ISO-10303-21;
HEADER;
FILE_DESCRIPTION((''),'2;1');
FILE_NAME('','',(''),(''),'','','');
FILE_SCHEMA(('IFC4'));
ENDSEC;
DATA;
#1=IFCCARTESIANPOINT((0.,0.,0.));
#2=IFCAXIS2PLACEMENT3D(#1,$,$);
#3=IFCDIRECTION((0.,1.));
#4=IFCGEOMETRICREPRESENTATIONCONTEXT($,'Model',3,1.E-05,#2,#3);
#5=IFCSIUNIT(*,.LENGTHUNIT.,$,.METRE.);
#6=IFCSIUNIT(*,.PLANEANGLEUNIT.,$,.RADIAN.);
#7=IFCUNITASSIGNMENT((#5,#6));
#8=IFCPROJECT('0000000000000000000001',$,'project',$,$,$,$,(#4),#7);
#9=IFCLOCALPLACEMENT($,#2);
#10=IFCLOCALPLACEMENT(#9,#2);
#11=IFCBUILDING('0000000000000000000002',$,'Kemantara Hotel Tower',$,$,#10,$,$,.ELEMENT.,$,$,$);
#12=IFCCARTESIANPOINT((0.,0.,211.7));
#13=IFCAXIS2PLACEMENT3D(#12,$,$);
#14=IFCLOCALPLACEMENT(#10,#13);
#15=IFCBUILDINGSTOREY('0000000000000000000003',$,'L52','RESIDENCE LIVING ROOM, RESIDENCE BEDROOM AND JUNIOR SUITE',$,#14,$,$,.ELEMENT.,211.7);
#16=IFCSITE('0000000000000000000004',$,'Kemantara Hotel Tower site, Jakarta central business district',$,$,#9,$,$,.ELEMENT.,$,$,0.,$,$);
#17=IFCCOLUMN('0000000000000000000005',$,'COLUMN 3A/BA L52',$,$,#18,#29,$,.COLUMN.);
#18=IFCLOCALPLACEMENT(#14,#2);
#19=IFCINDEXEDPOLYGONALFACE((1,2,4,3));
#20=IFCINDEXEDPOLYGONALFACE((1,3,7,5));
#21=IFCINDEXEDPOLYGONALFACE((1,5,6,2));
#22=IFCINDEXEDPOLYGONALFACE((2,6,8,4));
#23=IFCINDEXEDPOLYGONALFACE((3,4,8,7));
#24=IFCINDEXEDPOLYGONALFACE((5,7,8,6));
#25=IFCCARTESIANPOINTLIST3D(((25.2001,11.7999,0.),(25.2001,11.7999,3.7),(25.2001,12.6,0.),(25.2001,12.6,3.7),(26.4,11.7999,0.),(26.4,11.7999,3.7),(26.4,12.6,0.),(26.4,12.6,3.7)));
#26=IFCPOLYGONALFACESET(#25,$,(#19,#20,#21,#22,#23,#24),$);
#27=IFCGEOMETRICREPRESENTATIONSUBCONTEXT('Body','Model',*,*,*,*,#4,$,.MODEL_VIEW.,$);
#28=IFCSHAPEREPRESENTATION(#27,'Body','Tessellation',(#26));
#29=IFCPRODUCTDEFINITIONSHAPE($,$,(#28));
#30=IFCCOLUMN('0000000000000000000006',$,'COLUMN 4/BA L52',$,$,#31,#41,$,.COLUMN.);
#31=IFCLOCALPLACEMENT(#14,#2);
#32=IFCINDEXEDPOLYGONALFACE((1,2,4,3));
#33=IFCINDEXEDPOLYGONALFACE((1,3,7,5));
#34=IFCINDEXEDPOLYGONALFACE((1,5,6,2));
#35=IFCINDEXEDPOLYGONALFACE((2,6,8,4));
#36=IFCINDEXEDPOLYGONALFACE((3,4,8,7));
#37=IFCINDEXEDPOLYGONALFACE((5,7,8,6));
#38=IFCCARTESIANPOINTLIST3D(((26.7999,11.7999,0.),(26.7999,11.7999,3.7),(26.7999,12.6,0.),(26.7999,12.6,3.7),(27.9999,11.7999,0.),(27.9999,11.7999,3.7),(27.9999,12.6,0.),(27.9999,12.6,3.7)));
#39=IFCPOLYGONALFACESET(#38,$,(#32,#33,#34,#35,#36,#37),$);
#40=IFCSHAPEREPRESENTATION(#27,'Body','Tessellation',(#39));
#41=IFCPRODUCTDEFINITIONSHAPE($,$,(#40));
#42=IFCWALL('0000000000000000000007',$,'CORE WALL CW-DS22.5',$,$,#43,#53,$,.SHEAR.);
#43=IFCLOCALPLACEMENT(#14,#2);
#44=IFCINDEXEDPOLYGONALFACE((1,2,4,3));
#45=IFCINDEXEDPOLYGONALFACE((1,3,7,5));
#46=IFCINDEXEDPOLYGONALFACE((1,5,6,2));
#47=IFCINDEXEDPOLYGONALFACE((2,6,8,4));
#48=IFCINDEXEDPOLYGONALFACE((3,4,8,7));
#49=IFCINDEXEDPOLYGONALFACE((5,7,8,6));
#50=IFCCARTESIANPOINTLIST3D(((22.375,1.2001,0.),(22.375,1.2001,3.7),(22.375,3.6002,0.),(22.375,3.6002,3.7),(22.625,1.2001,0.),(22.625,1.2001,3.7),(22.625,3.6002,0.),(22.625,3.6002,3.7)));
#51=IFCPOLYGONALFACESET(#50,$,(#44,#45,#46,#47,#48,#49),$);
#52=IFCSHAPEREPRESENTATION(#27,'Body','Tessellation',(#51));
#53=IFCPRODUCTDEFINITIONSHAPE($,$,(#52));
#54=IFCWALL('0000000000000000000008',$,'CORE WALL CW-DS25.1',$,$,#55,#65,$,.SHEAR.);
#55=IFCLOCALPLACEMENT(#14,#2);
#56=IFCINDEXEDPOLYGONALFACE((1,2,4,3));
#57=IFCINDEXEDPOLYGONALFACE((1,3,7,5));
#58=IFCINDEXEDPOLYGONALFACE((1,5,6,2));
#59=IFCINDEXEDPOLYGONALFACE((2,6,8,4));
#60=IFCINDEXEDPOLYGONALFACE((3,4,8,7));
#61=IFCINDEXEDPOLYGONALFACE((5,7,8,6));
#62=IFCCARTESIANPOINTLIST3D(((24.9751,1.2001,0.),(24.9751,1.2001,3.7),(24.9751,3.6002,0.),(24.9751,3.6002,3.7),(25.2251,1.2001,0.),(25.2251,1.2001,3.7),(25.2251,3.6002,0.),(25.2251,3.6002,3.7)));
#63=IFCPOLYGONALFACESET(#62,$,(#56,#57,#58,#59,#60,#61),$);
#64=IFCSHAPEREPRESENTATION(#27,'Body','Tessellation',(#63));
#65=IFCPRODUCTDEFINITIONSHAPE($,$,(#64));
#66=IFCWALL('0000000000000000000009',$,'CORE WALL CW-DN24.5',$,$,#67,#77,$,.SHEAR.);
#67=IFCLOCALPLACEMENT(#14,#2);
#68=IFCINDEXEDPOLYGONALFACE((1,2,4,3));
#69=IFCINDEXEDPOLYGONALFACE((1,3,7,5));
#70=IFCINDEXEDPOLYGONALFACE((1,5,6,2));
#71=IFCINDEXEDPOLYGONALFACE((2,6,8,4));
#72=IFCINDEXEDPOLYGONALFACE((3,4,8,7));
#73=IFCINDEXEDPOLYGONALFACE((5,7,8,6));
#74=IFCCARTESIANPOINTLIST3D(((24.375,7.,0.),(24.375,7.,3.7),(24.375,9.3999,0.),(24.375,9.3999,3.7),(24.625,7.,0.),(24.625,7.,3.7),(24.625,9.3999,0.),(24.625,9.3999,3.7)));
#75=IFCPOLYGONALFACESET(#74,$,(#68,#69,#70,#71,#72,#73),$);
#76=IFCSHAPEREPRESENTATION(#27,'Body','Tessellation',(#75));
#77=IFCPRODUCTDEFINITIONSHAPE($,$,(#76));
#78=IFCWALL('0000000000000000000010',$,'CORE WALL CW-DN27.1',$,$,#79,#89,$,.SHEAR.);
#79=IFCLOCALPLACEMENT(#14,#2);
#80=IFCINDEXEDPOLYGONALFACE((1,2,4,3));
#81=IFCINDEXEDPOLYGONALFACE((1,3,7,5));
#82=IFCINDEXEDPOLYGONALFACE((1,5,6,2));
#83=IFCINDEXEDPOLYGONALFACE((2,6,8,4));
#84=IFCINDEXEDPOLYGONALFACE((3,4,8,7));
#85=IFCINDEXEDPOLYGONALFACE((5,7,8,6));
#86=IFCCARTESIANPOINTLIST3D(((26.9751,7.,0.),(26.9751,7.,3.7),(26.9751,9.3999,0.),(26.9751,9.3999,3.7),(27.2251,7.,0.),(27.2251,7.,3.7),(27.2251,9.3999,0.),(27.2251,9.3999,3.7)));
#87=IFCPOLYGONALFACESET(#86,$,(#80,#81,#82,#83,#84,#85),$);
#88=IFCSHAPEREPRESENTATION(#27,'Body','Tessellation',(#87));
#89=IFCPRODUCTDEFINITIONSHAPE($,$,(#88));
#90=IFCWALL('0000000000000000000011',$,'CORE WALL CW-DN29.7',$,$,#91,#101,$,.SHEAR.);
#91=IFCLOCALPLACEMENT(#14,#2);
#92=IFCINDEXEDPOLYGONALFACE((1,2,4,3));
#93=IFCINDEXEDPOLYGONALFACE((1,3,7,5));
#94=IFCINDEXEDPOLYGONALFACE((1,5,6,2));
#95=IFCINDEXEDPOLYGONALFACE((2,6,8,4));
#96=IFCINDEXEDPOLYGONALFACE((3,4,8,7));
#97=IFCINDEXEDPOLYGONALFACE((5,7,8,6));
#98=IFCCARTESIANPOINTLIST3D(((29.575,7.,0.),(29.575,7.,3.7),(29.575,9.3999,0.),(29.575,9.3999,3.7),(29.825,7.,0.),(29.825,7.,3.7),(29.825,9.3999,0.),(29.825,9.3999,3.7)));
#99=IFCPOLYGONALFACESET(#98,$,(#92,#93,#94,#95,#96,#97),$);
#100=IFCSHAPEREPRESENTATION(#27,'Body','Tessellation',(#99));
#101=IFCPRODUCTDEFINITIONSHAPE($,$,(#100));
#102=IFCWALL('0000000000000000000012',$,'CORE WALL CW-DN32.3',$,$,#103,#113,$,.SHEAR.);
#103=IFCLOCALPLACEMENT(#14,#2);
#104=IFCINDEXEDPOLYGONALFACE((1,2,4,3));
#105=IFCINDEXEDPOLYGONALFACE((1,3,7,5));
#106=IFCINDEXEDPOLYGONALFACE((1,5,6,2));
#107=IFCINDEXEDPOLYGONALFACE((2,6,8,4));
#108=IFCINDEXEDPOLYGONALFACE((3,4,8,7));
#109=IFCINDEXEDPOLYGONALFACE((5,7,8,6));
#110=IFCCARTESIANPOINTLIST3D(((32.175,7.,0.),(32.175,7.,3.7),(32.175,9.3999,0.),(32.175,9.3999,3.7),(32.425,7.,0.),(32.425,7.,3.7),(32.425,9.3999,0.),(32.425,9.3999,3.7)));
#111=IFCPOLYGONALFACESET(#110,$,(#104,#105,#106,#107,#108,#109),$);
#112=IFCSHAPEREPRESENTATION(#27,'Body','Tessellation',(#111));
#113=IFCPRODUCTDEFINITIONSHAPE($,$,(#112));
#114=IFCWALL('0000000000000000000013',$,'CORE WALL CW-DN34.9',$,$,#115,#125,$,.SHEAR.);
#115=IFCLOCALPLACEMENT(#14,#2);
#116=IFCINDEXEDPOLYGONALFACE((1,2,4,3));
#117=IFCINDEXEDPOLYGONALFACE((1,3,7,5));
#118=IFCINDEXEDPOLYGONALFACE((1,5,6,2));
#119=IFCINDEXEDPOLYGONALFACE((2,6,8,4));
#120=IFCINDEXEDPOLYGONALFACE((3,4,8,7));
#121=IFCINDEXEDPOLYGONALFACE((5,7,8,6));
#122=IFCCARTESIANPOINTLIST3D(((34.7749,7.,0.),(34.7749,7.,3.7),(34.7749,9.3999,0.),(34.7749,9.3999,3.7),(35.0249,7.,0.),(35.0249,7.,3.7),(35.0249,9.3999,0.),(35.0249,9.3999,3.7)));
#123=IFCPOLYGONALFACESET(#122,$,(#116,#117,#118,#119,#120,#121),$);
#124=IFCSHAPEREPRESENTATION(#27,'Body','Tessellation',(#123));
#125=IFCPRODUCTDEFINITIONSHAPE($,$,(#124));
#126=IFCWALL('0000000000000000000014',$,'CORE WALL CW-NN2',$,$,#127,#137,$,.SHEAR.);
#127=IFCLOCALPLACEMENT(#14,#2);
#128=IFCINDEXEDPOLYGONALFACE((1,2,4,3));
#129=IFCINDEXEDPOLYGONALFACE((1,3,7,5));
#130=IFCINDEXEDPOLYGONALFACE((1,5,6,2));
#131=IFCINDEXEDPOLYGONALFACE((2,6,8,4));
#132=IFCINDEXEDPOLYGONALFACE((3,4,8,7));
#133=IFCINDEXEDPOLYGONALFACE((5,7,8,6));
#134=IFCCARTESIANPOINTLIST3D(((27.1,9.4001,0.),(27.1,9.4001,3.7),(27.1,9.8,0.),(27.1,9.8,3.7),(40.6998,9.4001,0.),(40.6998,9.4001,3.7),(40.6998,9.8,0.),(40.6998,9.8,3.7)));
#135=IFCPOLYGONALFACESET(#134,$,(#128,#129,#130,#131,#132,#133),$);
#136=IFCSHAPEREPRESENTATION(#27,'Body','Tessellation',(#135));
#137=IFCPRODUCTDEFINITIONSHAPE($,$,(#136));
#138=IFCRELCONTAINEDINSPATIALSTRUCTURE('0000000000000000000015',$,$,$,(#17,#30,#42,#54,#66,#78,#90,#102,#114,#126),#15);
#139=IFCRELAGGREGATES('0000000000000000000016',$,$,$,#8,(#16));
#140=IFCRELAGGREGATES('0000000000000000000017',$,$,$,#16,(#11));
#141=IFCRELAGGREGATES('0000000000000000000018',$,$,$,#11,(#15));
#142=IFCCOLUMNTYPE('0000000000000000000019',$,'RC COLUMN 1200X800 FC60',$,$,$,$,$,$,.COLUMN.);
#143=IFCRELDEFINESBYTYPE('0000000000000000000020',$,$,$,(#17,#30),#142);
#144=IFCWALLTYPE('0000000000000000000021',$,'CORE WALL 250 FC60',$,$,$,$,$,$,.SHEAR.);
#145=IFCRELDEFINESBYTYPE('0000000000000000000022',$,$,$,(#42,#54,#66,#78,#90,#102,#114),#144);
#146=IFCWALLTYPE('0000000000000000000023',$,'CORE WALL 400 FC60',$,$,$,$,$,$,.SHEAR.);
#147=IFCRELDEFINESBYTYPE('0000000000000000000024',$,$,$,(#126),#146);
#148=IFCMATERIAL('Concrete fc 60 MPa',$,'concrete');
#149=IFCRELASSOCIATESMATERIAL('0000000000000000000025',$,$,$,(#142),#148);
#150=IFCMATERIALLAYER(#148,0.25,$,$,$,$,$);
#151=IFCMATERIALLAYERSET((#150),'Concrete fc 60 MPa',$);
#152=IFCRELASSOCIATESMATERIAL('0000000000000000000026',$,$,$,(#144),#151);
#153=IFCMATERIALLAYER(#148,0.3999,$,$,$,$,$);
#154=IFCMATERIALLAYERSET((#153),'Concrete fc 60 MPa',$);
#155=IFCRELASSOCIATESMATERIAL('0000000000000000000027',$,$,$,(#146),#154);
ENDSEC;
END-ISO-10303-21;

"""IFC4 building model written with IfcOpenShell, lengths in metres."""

from ifc_helpers import new_model, si_unit, direction, frame, frame_2d, origin, origin_2d, place, context, subcontext, project, spatial, rectangle, extrude, material, layer, layer_set, material_profile, profile_set, type_object, element, save


model = new_model("IFC4")

# Units and contexts
model_context = context("Model", 3, precision=1e-05, world=origin(), true_north=direction((0.0, 1.0)))
body_context = subcontext(model_context, "Body", "Model", "MODEL_VIEW")
ifc_project = project(units=[si_unit("LENGTHUNIT", "METRE"), si_unit("PLANEANGLEUNIT", "RADIAN")], contexts=[model_context])

# Site, building, storey
site_placement = place(None, origin())
site = spatial("IfcSite", under=ifc_project, at=site_placement, Name="Kemantara Hotel Tower site, Jakarta central business district", CompositionType="ELEMENT", RefElevation=0.0)
building_placement = place(site_placement, origin())
building = spatial("IfcBuilding", under=site, at=building_placement, Name="Kemantara Hotel Tower", CompositionType="ELEMENT")
storey_placement = place(building_placement, frame((0.0, 0.0, 211.7)))
storey = spatial("IfcBuildingStorey", under=building, at=storey_placement, Name="L52", Description="RESIDENCE LIVING ROOM, RESIDENCE BEDROOM AND JUNIOR SUITE", CompositionType="ELEMENT", Elevation=211.7)

# Columns
ifc_material_1 = material(Name="Concrete fc 60 MPa", Category="concrete")
ifc_material_profile = material_profile(ifc_material_1, rectangle(XDim=1.2, YDim=0.8, at=origin_2d()), Name="RC 1200X800")
ifc_profile_set = profile_set([ifc_material_profile], Name="Concrete fc 60 MPa")
column_type = type_object("IfcColumnType", Name="RC COLUMN 1200X800 FC60", PredefinedType="COLUMN", material=ifc_profile_set)
for number, where, z_axis, x_axis, name in (
    (1, (25.8, 12.2, 0.0), (0.0, 0.0, 1.0), (1.0, 0.0, 0.0), "COLUMN 3A/BA L52"),
    (2, (27.3999, 12.2, 0.0), (0.0, 0.0, 1.0), (1.0, 0.0, 0.0), "COLUMN 4/BA L52"),
):
    element("IfcColumn", number, at=place(storey_placement, frame(where, z_axis=z_axis, x_axis=x_axis)), inside=storey, type_object=column_type, Name=name, PredefinedType="COLUMN", context=body_context, shape_type="SweptSolid", body=[
        extrude(rectangle(XDim=1.2, YDim=0.8, at=origin_2d()), origin(), (0.0, 0.0, 1.0), 3.7),
    ])

# Walls
ifc_layer_1 = layer(ifc_material_1, 0.25)
ifc_layer_set_1 = layer_set([ifc_layer_1], Name="Concrete fc 60 MPa")
wall_type_1 = type_object("IfcWallType", Name="CORE WALL 250 FC60", PredefinedType="SHEAR", material=ifc_layer_set_1)
for number, where, z_axis, x_axis, name in (
    (3, (22.5, 1.2, 0.0), (0.0, 0.0, 1.0), (0.0, 1.0, 0.0), "CORE WALL CW-DS22.5"),
    (4, (25.1001, 1.2, 0.0), (0.0, 0.0, 1.0), (0.0, 1.0, 0.0), "CORE WALL CW-DS25.1"),
):
    element("IfcWall", number, at=place(storey_placement, frame(where, z_axis=z_axis, x_axis=x_axis)), inside=storey, type_object=wall_type_1, Name=name, PredefinedType="SHEAR", context=body_context, shape_type="SweptSolid", body=[
        extrude(rectangle(XDim=2.4001, YDim=0.25, at=frame_2d((1.2002, 0.0))), origin(), (0.0, 0.0, 1.0), 3.7),
    ])
for number, where, z_axis, x_axis, name in (
    (5, (24.5, 7.0, 0.0), (0.0, 0.0, 1.0), (0.0, 1.0, 0.0), "CORE WALL CW-DN24.5"),
    (6, (27.1001, 7.0, 0.0), (0.0, 0.0, 1.0), (0.0, 1.0, 0.0), "CORE WALL CW-DN27.1"),
    (7, (29.7, 7.0, 0.0), (0.0, 0.0, 1.0), (0.0, 1.0, 0.0), "CORE WALL CW-DN29.7"),
    (8, (32.3, 7.0, 0.0), (0.0, 0.0, 1.0), (0.0, 1.0, 0.0), "CORE WALL CW-DN32.3"),
    (9, (34.8999, 7.0, 0.0), (0.0, 0.0, 1.0), (0.0, 1.0, 0.0), "CORE WALL CW-DN34.9"),
):
    element("IfcWall", number, at=place(storey_placement, frame(where, z_axis=z_axis, x_axis=x_axis)), inside=storey, type_object=wall_type_1, Name=name, PredefinedType="SHEAR", context=body_context, shape_type="SweptSolid", body=[
        extrude(rectangle(XDim=2.3999, YDim=0.25, at=frame_2d((1.2, 0.0))), origin(), (0.0, 0.0, 1.0), 3.7),
    ])
ifc_layer_2 = layer(ifc_material_1, 0.3999)
ifc_layer_set_2 = layer_set([ifc_layer_2], Name="Concrete fc 60 MPa")
wall_type_2 = type_object("IfcWallType", Name="CORE WALL 400 FC60", PredefinedType="SHEAR", material=ifc_layer_set_2)
wall_1_placement = place(storey_placement, frame((27.1001, 9.6001, 0.0), z_axis=(0.0, 0.0, 1.0), x_axis=(1.0, 0.0, 0.0)))
element("IfcWall", 10, at=wall_1_placement, inside=storey, type_object=wall_type_2, Name="CORE WALL CW-NN2", PredefinedType="SHEAR", context=body_context, shape_type="SweptSolid", body=[
    extrude(rectangle(XDim=13.5999, YDim=0.3999, at=frame_2d((6.7998, 0.0))), origin(), (0.0, 0.0, 1.0), 3.7),
])

save(model, "model.ifc")
